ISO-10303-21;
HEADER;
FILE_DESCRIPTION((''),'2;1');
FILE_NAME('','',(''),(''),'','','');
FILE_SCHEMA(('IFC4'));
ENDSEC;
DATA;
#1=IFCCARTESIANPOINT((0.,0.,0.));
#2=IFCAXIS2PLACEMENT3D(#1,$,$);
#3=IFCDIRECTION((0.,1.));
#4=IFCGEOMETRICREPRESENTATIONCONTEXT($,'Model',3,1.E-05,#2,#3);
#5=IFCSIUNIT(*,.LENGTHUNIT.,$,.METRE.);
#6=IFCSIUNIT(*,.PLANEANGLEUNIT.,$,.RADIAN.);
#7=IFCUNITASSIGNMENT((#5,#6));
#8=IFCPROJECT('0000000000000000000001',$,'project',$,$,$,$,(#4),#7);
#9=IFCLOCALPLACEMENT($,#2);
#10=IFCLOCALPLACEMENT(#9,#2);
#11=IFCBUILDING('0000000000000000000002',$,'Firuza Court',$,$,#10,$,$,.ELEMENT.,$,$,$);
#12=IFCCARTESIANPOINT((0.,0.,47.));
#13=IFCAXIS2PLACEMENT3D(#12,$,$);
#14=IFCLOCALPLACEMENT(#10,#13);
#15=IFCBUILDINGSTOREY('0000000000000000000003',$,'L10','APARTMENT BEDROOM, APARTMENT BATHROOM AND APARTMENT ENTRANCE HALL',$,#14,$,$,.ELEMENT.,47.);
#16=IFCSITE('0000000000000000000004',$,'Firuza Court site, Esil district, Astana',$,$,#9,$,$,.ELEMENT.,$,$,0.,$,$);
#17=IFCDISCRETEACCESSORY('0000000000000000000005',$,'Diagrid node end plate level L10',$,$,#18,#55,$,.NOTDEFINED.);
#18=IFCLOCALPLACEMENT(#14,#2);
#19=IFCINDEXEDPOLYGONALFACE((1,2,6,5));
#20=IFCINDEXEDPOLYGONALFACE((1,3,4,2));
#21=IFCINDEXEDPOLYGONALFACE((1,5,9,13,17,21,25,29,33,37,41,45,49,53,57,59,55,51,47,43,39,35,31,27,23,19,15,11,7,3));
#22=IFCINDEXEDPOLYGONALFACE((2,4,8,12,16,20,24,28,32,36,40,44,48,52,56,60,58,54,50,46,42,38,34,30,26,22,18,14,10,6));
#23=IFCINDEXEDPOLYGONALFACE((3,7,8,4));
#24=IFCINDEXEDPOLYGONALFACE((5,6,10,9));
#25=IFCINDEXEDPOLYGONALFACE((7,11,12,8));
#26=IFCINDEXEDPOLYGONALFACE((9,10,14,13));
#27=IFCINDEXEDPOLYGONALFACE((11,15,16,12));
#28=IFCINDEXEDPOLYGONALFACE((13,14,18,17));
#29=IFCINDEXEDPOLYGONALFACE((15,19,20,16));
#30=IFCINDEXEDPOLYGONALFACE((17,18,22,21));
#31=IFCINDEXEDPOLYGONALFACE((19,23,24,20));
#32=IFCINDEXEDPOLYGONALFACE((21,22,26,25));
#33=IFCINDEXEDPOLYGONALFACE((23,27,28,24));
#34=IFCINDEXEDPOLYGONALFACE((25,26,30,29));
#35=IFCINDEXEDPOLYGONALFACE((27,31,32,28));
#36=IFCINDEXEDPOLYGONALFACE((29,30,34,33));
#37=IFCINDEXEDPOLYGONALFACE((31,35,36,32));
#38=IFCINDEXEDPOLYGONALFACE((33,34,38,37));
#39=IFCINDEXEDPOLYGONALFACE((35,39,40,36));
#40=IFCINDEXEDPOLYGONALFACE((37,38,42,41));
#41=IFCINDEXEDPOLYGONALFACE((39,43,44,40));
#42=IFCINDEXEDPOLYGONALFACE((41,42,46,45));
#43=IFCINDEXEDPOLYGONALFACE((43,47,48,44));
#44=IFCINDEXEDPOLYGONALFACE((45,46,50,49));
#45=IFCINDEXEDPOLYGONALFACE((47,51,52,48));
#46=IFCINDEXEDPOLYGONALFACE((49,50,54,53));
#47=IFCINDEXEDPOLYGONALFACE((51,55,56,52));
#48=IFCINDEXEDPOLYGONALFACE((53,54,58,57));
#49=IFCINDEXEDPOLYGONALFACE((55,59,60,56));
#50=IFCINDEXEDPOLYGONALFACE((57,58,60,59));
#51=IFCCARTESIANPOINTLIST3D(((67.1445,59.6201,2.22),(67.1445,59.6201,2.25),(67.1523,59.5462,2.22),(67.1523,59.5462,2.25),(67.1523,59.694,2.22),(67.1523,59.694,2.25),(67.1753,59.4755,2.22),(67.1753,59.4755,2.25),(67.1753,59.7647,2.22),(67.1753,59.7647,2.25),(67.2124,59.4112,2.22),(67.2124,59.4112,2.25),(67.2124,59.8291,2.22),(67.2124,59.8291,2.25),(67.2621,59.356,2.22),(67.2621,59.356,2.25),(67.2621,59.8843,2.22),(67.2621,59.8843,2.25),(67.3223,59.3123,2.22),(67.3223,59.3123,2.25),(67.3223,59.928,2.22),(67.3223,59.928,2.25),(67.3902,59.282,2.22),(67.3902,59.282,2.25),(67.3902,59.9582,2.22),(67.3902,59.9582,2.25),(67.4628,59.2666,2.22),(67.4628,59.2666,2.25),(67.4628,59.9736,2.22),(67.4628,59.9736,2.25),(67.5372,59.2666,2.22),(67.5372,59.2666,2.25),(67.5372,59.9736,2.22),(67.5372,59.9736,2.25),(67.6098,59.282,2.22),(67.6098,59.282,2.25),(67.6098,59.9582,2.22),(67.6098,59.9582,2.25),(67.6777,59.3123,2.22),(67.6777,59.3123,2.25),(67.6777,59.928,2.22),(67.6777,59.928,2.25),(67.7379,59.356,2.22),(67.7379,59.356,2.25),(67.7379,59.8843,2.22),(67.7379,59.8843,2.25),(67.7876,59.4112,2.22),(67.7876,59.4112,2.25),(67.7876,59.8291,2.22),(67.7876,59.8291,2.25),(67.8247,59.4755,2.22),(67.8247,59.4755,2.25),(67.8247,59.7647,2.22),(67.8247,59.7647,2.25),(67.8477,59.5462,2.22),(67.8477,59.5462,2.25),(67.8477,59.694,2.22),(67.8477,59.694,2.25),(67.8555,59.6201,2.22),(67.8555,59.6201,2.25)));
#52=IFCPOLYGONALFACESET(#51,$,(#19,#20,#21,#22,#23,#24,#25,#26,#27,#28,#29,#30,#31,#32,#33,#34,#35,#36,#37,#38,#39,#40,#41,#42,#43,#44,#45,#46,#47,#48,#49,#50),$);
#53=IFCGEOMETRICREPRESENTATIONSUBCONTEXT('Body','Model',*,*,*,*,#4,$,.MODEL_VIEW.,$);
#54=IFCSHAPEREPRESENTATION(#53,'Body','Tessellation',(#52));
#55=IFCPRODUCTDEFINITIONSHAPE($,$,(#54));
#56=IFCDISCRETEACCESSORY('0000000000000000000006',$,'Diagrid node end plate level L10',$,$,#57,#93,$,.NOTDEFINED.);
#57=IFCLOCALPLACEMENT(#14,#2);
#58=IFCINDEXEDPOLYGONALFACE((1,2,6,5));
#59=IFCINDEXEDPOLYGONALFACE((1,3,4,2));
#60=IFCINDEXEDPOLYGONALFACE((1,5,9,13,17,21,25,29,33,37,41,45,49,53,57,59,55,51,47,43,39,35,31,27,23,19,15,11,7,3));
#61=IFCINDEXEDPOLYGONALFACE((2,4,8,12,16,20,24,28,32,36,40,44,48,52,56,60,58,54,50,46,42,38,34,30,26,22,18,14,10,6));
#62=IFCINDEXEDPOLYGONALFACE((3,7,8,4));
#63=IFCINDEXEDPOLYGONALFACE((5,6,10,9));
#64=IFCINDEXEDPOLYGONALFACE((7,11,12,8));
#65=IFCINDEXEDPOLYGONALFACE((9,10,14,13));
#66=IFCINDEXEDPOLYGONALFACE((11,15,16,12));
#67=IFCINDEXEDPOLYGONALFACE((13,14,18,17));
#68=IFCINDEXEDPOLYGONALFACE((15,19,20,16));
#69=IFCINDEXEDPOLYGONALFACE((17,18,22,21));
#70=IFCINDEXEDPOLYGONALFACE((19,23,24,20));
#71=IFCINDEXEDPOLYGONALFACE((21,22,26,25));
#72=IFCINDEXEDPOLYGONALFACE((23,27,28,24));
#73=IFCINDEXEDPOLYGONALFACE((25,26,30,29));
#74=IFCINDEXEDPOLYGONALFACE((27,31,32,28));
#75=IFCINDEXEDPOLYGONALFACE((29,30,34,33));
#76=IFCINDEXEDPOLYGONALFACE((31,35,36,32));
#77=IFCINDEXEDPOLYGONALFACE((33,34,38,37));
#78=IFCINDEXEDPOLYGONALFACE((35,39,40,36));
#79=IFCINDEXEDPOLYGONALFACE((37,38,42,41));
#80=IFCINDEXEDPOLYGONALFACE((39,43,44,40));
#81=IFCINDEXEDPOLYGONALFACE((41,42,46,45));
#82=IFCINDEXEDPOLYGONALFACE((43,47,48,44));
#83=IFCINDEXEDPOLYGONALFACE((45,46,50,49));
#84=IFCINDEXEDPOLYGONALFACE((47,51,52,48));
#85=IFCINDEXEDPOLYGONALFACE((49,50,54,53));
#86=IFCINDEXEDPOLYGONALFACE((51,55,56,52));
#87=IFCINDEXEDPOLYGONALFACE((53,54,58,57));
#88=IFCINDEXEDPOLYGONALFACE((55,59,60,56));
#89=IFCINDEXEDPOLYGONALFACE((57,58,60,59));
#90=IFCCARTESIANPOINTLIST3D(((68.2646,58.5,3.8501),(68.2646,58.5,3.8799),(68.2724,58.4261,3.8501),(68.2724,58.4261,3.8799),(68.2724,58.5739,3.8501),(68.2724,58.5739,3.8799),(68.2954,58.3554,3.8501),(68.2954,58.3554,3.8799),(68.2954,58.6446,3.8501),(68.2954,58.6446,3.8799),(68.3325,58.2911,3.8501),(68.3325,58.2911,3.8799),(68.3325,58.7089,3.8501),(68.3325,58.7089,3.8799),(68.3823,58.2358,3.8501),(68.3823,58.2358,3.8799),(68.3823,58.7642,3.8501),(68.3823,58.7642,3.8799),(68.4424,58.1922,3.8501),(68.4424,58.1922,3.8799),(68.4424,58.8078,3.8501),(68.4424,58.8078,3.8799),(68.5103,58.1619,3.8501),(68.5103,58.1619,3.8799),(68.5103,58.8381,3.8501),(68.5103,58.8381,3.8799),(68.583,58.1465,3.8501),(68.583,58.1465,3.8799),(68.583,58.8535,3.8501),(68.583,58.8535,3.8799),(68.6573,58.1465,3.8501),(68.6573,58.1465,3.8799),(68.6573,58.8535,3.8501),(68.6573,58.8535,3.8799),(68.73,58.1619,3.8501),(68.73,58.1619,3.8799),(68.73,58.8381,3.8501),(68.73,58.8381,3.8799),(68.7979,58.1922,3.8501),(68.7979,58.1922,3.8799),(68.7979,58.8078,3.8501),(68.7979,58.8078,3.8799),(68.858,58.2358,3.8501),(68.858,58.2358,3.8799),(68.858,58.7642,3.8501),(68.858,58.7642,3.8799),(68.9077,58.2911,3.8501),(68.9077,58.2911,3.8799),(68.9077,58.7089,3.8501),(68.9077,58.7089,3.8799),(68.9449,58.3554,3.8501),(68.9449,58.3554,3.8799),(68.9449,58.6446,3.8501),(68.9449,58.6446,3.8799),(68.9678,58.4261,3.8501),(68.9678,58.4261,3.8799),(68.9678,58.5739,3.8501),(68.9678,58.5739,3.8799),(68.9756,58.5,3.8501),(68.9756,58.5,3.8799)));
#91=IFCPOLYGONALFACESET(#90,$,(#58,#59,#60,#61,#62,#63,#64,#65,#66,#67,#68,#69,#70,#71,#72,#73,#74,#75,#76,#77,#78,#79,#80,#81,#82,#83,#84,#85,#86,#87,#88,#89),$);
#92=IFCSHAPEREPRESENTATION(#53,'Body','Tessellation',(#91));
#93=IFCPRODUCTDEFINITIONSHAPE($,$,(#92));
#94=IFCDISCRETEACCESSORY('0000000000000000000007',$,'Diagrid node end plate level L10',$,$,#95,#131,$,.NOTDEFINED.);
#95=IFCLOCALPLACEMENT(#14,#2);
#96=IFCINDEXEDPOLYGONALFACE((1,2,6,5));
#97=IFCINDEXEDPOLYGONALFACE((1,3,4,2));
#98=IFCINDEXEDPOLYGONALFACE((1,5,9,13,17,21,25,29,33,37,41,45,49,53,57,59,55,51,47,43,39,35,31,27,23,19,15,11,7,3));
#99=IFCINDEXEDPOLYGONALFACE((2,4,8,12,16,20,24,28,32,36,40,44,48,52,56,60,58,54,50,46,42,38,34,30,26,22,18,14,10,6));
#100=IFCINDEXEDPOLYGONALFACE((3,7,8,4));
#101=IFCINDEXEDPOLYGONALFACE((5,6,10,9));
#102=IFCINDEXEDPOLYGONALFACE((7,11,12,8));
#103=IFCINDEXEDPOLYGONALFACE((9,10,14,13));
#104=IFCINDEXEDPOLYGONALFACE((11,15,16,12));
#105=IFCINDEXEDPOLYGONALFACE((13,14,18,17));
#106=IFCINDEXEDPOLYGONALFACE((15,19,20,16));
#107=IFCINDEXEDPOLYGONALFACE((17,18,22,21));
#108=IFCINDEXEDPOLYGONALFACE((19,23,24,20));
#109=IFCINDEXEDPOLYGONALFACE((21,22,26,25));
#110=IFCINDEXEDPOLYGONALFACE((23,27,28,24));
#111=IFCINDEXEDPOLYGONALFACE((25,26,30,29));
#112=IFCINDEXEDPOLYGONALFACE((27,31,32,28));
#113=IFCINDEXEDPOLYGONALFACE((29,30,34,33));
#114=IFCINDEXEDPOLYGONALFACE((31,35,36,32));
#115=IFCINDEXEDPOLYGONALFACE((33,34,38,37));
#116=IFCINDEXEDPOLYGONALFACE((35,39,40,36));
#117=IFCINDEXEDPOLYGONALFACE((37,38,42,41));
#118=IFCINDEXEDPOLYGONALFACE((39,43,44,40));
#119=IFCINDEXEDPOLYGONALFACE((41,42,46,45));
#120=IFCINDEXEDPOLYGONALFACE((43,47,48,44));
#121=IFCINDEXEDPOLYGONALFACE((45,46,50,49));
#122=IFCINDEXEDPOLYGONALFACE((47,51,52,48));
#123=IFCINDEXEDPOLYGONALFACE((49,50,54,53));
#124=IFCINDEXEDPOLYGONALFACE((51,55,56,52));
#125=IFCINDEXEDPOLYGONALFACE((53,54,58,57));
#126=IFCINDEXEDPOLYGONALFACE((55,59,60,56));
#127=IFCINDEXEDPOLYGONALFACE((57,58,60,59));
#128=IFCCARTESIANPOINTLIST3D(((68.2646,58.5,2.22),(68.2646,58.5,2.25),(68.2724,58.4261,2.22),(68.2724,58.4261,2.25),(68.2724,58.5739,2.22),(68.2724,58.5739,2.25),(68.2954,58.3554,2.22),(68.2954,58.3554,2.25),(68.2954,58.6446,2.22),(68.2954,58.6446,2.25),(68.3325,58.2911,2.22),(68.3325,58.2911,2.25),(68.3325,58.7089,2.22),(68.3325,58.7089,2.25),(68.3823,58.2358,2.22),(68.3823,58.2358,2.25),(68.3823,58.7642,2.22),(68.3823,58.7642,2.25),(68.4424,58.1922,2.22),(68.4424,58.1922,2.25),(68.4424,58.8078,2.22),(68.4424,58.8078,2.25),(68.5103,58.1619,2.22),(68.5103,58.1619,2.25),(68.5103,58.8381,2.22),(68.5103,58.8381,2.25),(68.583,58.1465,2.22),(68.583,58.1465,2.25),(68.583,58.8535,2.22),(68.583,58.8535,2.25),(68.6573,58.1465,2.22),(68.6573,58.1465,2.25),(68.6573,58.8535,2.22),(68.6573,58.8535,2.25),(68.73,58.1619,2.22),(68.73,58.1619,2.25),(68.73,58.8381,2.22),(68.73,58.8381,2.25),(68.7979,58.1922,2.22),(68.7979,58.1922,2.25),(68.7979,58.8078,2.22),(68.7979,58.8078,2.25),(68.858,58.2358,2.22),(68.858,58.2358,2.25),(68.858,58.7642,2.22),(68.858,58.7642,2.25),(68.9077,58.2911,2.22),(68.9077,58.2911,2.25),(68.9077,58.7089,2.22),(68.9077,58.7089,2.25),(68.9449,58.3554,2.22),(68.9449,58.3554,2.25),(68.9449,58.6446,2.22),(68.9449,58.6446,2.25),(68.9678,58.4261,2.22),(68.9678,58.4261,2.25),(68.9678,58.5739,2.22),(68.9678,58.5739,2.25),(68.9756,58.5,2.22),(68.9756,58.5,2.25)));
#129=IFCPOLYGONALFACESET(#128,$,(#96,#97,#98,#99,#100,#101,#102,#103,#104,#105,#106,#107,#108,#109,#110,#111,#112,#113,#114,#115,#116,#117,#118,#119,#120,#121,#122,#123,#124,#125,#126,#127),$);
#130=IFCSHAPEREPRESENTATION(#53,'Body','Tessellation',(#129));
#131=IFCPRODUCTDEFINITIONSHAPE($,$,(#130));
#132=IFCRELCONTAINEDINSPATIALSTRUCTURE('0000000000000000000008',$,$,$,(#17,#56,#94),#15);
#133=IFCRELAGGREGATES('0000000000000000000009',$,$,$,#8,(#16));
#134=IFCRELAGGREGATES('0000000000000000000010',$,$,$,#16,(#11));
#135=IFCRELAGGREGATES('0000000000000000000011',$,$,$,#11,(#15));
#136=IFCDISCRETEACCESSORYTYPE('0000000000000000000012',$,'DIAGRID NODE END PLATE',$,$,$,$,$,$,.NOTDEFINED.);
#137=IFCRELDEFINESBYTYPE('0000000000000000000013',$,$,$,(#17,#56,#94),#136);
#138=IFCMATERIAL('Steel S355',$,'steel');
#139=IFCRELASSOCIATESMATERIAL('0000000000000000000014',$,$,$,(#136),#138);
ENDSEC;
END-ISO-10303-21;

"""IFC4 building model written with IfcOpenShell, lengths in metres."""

from ifc_helpers import new_model, si_unit, direction, frame, origin, origin_2d, place, context, subcontext, project, spatial, circle, extrude, material, material_profile, profile_set, type_object, element, save


model = new_model("IFC4")

# Units and contexts
model_context = context("Model", 3, precision=1e-05, world=origin(), true_north=direction((0.0, 1.0)))
body_context = subcontext(model_context, "Body", "Model", "MODEL_VIEW")
ifc_project = project(units=[si_unit("LENGTHUNIT", "METRE"), si_unit("PLANEANGLEUNIT", "RADIAN")], contexts=[model_context])

# Site, building, storey
site_placement = place(None, origin())
site = spatial("IfcSite", under=ifc_project, at=site_placement, Name="Firuza Court site, Esil district, Astana", CompositionType="ELEMENT", RefElevation=0.0)
building_placement = place(site_placement, origin())
building = spatial("IfcBuilding", under=site, at=building_placement, Name="Firuza Court", CompositionType="ELEMENT")
storey_placement = place(building_placement, frame((0.0, 0.0, 47.0)))
storey = spatial("IfcBuildingStorey", under=building, at=storey_placement, Name="L10", Description="APARTMENT BEDROOM, APARTMENT BATHROOM AND APARTMENT ENTRANCE HALL", CompositionType="ELEMENT", Elevation=47.0)

# Discrete accessories
ifc_material_1 = material(Name="Steel S355", Category="steel")
ifc_material_profile_1 = material_profile(ifc_material_1, circle(Radius=0.3555, at=origin_2d()), Name="PL D711")
ifc_profile_set_1 = profile_set([ifc_material_profile_1], Name="Steel S355")
discrete_accessory_type = type_object("IfcDiscreteAccessoryType", Name="DIAGRID NODE END PLATE", PredefinedType="NOTDEFINED", material=ifc_profile_set_1)
discrete_accessory_1_placement = place(storey_placement, frame((67.5, 59.6201, 2.22), z_axis=(0.0, 0.0, 1.0), x_axis=(1.0, 0.0, 0.0)))
element("IfcDiscreteAccessory", 1, at=discrete_accessory_1_placement, inside=storey, type_object=discrete_accessory_type, Name="Diagrid node end plate level L10", PredefinedType="NOTDEFINED", context=body_context, shape_type="SweptSolid", body=[
    extrude(circle(Radius=0.3555, at=origin_2d()), origin(), (0.0, 0.0, 1.0), 0.03),
])
discrete_accessory_2_placement = place(storey_placement, frame((68.6201, 58.5, 3.8501), z_axis=(0.0, 0.0, 1.0), x_axis=(1.0, 0.0, 0.0)))
element("IfcDiscreteAccessory", 2, at=discrete_accessory_2_placement, inside=storey, type_object=discrete_accessory_type, Name="Diagrid node end plate level L10", PredefinedType="NOTDEFINED", context=body_context, shape_type="SweptSolid", body=[
    extrude(circle(Radius=0.3555, at=origin_2d()), origin(), (0.0, 0.0, 1.0), 0.0298),
])
discrete_accessory_3_placement = place(storey_placement, frame((68.6201, 58.5, 2.22), z_axis=(0.0, 0.0, 1.0), x_axis=(1.0, 0.0, 0.0)))
element("IfcDiscreteAccessory", 3, at=discrete_accessory_3_placement, inside=storey, type_object=discrete_accessory_type, Name="Diagrid node end plate level L10", PredefinedType="NOTDEFINED", context=body_context, shape_type="SweptSolid", body=[
    extrude(circle(Radius=0.3555, at=origin_2d()), origin(), (0.0, 0.0, 1.0), 0.03),
])

save(model, "model.ifc")
